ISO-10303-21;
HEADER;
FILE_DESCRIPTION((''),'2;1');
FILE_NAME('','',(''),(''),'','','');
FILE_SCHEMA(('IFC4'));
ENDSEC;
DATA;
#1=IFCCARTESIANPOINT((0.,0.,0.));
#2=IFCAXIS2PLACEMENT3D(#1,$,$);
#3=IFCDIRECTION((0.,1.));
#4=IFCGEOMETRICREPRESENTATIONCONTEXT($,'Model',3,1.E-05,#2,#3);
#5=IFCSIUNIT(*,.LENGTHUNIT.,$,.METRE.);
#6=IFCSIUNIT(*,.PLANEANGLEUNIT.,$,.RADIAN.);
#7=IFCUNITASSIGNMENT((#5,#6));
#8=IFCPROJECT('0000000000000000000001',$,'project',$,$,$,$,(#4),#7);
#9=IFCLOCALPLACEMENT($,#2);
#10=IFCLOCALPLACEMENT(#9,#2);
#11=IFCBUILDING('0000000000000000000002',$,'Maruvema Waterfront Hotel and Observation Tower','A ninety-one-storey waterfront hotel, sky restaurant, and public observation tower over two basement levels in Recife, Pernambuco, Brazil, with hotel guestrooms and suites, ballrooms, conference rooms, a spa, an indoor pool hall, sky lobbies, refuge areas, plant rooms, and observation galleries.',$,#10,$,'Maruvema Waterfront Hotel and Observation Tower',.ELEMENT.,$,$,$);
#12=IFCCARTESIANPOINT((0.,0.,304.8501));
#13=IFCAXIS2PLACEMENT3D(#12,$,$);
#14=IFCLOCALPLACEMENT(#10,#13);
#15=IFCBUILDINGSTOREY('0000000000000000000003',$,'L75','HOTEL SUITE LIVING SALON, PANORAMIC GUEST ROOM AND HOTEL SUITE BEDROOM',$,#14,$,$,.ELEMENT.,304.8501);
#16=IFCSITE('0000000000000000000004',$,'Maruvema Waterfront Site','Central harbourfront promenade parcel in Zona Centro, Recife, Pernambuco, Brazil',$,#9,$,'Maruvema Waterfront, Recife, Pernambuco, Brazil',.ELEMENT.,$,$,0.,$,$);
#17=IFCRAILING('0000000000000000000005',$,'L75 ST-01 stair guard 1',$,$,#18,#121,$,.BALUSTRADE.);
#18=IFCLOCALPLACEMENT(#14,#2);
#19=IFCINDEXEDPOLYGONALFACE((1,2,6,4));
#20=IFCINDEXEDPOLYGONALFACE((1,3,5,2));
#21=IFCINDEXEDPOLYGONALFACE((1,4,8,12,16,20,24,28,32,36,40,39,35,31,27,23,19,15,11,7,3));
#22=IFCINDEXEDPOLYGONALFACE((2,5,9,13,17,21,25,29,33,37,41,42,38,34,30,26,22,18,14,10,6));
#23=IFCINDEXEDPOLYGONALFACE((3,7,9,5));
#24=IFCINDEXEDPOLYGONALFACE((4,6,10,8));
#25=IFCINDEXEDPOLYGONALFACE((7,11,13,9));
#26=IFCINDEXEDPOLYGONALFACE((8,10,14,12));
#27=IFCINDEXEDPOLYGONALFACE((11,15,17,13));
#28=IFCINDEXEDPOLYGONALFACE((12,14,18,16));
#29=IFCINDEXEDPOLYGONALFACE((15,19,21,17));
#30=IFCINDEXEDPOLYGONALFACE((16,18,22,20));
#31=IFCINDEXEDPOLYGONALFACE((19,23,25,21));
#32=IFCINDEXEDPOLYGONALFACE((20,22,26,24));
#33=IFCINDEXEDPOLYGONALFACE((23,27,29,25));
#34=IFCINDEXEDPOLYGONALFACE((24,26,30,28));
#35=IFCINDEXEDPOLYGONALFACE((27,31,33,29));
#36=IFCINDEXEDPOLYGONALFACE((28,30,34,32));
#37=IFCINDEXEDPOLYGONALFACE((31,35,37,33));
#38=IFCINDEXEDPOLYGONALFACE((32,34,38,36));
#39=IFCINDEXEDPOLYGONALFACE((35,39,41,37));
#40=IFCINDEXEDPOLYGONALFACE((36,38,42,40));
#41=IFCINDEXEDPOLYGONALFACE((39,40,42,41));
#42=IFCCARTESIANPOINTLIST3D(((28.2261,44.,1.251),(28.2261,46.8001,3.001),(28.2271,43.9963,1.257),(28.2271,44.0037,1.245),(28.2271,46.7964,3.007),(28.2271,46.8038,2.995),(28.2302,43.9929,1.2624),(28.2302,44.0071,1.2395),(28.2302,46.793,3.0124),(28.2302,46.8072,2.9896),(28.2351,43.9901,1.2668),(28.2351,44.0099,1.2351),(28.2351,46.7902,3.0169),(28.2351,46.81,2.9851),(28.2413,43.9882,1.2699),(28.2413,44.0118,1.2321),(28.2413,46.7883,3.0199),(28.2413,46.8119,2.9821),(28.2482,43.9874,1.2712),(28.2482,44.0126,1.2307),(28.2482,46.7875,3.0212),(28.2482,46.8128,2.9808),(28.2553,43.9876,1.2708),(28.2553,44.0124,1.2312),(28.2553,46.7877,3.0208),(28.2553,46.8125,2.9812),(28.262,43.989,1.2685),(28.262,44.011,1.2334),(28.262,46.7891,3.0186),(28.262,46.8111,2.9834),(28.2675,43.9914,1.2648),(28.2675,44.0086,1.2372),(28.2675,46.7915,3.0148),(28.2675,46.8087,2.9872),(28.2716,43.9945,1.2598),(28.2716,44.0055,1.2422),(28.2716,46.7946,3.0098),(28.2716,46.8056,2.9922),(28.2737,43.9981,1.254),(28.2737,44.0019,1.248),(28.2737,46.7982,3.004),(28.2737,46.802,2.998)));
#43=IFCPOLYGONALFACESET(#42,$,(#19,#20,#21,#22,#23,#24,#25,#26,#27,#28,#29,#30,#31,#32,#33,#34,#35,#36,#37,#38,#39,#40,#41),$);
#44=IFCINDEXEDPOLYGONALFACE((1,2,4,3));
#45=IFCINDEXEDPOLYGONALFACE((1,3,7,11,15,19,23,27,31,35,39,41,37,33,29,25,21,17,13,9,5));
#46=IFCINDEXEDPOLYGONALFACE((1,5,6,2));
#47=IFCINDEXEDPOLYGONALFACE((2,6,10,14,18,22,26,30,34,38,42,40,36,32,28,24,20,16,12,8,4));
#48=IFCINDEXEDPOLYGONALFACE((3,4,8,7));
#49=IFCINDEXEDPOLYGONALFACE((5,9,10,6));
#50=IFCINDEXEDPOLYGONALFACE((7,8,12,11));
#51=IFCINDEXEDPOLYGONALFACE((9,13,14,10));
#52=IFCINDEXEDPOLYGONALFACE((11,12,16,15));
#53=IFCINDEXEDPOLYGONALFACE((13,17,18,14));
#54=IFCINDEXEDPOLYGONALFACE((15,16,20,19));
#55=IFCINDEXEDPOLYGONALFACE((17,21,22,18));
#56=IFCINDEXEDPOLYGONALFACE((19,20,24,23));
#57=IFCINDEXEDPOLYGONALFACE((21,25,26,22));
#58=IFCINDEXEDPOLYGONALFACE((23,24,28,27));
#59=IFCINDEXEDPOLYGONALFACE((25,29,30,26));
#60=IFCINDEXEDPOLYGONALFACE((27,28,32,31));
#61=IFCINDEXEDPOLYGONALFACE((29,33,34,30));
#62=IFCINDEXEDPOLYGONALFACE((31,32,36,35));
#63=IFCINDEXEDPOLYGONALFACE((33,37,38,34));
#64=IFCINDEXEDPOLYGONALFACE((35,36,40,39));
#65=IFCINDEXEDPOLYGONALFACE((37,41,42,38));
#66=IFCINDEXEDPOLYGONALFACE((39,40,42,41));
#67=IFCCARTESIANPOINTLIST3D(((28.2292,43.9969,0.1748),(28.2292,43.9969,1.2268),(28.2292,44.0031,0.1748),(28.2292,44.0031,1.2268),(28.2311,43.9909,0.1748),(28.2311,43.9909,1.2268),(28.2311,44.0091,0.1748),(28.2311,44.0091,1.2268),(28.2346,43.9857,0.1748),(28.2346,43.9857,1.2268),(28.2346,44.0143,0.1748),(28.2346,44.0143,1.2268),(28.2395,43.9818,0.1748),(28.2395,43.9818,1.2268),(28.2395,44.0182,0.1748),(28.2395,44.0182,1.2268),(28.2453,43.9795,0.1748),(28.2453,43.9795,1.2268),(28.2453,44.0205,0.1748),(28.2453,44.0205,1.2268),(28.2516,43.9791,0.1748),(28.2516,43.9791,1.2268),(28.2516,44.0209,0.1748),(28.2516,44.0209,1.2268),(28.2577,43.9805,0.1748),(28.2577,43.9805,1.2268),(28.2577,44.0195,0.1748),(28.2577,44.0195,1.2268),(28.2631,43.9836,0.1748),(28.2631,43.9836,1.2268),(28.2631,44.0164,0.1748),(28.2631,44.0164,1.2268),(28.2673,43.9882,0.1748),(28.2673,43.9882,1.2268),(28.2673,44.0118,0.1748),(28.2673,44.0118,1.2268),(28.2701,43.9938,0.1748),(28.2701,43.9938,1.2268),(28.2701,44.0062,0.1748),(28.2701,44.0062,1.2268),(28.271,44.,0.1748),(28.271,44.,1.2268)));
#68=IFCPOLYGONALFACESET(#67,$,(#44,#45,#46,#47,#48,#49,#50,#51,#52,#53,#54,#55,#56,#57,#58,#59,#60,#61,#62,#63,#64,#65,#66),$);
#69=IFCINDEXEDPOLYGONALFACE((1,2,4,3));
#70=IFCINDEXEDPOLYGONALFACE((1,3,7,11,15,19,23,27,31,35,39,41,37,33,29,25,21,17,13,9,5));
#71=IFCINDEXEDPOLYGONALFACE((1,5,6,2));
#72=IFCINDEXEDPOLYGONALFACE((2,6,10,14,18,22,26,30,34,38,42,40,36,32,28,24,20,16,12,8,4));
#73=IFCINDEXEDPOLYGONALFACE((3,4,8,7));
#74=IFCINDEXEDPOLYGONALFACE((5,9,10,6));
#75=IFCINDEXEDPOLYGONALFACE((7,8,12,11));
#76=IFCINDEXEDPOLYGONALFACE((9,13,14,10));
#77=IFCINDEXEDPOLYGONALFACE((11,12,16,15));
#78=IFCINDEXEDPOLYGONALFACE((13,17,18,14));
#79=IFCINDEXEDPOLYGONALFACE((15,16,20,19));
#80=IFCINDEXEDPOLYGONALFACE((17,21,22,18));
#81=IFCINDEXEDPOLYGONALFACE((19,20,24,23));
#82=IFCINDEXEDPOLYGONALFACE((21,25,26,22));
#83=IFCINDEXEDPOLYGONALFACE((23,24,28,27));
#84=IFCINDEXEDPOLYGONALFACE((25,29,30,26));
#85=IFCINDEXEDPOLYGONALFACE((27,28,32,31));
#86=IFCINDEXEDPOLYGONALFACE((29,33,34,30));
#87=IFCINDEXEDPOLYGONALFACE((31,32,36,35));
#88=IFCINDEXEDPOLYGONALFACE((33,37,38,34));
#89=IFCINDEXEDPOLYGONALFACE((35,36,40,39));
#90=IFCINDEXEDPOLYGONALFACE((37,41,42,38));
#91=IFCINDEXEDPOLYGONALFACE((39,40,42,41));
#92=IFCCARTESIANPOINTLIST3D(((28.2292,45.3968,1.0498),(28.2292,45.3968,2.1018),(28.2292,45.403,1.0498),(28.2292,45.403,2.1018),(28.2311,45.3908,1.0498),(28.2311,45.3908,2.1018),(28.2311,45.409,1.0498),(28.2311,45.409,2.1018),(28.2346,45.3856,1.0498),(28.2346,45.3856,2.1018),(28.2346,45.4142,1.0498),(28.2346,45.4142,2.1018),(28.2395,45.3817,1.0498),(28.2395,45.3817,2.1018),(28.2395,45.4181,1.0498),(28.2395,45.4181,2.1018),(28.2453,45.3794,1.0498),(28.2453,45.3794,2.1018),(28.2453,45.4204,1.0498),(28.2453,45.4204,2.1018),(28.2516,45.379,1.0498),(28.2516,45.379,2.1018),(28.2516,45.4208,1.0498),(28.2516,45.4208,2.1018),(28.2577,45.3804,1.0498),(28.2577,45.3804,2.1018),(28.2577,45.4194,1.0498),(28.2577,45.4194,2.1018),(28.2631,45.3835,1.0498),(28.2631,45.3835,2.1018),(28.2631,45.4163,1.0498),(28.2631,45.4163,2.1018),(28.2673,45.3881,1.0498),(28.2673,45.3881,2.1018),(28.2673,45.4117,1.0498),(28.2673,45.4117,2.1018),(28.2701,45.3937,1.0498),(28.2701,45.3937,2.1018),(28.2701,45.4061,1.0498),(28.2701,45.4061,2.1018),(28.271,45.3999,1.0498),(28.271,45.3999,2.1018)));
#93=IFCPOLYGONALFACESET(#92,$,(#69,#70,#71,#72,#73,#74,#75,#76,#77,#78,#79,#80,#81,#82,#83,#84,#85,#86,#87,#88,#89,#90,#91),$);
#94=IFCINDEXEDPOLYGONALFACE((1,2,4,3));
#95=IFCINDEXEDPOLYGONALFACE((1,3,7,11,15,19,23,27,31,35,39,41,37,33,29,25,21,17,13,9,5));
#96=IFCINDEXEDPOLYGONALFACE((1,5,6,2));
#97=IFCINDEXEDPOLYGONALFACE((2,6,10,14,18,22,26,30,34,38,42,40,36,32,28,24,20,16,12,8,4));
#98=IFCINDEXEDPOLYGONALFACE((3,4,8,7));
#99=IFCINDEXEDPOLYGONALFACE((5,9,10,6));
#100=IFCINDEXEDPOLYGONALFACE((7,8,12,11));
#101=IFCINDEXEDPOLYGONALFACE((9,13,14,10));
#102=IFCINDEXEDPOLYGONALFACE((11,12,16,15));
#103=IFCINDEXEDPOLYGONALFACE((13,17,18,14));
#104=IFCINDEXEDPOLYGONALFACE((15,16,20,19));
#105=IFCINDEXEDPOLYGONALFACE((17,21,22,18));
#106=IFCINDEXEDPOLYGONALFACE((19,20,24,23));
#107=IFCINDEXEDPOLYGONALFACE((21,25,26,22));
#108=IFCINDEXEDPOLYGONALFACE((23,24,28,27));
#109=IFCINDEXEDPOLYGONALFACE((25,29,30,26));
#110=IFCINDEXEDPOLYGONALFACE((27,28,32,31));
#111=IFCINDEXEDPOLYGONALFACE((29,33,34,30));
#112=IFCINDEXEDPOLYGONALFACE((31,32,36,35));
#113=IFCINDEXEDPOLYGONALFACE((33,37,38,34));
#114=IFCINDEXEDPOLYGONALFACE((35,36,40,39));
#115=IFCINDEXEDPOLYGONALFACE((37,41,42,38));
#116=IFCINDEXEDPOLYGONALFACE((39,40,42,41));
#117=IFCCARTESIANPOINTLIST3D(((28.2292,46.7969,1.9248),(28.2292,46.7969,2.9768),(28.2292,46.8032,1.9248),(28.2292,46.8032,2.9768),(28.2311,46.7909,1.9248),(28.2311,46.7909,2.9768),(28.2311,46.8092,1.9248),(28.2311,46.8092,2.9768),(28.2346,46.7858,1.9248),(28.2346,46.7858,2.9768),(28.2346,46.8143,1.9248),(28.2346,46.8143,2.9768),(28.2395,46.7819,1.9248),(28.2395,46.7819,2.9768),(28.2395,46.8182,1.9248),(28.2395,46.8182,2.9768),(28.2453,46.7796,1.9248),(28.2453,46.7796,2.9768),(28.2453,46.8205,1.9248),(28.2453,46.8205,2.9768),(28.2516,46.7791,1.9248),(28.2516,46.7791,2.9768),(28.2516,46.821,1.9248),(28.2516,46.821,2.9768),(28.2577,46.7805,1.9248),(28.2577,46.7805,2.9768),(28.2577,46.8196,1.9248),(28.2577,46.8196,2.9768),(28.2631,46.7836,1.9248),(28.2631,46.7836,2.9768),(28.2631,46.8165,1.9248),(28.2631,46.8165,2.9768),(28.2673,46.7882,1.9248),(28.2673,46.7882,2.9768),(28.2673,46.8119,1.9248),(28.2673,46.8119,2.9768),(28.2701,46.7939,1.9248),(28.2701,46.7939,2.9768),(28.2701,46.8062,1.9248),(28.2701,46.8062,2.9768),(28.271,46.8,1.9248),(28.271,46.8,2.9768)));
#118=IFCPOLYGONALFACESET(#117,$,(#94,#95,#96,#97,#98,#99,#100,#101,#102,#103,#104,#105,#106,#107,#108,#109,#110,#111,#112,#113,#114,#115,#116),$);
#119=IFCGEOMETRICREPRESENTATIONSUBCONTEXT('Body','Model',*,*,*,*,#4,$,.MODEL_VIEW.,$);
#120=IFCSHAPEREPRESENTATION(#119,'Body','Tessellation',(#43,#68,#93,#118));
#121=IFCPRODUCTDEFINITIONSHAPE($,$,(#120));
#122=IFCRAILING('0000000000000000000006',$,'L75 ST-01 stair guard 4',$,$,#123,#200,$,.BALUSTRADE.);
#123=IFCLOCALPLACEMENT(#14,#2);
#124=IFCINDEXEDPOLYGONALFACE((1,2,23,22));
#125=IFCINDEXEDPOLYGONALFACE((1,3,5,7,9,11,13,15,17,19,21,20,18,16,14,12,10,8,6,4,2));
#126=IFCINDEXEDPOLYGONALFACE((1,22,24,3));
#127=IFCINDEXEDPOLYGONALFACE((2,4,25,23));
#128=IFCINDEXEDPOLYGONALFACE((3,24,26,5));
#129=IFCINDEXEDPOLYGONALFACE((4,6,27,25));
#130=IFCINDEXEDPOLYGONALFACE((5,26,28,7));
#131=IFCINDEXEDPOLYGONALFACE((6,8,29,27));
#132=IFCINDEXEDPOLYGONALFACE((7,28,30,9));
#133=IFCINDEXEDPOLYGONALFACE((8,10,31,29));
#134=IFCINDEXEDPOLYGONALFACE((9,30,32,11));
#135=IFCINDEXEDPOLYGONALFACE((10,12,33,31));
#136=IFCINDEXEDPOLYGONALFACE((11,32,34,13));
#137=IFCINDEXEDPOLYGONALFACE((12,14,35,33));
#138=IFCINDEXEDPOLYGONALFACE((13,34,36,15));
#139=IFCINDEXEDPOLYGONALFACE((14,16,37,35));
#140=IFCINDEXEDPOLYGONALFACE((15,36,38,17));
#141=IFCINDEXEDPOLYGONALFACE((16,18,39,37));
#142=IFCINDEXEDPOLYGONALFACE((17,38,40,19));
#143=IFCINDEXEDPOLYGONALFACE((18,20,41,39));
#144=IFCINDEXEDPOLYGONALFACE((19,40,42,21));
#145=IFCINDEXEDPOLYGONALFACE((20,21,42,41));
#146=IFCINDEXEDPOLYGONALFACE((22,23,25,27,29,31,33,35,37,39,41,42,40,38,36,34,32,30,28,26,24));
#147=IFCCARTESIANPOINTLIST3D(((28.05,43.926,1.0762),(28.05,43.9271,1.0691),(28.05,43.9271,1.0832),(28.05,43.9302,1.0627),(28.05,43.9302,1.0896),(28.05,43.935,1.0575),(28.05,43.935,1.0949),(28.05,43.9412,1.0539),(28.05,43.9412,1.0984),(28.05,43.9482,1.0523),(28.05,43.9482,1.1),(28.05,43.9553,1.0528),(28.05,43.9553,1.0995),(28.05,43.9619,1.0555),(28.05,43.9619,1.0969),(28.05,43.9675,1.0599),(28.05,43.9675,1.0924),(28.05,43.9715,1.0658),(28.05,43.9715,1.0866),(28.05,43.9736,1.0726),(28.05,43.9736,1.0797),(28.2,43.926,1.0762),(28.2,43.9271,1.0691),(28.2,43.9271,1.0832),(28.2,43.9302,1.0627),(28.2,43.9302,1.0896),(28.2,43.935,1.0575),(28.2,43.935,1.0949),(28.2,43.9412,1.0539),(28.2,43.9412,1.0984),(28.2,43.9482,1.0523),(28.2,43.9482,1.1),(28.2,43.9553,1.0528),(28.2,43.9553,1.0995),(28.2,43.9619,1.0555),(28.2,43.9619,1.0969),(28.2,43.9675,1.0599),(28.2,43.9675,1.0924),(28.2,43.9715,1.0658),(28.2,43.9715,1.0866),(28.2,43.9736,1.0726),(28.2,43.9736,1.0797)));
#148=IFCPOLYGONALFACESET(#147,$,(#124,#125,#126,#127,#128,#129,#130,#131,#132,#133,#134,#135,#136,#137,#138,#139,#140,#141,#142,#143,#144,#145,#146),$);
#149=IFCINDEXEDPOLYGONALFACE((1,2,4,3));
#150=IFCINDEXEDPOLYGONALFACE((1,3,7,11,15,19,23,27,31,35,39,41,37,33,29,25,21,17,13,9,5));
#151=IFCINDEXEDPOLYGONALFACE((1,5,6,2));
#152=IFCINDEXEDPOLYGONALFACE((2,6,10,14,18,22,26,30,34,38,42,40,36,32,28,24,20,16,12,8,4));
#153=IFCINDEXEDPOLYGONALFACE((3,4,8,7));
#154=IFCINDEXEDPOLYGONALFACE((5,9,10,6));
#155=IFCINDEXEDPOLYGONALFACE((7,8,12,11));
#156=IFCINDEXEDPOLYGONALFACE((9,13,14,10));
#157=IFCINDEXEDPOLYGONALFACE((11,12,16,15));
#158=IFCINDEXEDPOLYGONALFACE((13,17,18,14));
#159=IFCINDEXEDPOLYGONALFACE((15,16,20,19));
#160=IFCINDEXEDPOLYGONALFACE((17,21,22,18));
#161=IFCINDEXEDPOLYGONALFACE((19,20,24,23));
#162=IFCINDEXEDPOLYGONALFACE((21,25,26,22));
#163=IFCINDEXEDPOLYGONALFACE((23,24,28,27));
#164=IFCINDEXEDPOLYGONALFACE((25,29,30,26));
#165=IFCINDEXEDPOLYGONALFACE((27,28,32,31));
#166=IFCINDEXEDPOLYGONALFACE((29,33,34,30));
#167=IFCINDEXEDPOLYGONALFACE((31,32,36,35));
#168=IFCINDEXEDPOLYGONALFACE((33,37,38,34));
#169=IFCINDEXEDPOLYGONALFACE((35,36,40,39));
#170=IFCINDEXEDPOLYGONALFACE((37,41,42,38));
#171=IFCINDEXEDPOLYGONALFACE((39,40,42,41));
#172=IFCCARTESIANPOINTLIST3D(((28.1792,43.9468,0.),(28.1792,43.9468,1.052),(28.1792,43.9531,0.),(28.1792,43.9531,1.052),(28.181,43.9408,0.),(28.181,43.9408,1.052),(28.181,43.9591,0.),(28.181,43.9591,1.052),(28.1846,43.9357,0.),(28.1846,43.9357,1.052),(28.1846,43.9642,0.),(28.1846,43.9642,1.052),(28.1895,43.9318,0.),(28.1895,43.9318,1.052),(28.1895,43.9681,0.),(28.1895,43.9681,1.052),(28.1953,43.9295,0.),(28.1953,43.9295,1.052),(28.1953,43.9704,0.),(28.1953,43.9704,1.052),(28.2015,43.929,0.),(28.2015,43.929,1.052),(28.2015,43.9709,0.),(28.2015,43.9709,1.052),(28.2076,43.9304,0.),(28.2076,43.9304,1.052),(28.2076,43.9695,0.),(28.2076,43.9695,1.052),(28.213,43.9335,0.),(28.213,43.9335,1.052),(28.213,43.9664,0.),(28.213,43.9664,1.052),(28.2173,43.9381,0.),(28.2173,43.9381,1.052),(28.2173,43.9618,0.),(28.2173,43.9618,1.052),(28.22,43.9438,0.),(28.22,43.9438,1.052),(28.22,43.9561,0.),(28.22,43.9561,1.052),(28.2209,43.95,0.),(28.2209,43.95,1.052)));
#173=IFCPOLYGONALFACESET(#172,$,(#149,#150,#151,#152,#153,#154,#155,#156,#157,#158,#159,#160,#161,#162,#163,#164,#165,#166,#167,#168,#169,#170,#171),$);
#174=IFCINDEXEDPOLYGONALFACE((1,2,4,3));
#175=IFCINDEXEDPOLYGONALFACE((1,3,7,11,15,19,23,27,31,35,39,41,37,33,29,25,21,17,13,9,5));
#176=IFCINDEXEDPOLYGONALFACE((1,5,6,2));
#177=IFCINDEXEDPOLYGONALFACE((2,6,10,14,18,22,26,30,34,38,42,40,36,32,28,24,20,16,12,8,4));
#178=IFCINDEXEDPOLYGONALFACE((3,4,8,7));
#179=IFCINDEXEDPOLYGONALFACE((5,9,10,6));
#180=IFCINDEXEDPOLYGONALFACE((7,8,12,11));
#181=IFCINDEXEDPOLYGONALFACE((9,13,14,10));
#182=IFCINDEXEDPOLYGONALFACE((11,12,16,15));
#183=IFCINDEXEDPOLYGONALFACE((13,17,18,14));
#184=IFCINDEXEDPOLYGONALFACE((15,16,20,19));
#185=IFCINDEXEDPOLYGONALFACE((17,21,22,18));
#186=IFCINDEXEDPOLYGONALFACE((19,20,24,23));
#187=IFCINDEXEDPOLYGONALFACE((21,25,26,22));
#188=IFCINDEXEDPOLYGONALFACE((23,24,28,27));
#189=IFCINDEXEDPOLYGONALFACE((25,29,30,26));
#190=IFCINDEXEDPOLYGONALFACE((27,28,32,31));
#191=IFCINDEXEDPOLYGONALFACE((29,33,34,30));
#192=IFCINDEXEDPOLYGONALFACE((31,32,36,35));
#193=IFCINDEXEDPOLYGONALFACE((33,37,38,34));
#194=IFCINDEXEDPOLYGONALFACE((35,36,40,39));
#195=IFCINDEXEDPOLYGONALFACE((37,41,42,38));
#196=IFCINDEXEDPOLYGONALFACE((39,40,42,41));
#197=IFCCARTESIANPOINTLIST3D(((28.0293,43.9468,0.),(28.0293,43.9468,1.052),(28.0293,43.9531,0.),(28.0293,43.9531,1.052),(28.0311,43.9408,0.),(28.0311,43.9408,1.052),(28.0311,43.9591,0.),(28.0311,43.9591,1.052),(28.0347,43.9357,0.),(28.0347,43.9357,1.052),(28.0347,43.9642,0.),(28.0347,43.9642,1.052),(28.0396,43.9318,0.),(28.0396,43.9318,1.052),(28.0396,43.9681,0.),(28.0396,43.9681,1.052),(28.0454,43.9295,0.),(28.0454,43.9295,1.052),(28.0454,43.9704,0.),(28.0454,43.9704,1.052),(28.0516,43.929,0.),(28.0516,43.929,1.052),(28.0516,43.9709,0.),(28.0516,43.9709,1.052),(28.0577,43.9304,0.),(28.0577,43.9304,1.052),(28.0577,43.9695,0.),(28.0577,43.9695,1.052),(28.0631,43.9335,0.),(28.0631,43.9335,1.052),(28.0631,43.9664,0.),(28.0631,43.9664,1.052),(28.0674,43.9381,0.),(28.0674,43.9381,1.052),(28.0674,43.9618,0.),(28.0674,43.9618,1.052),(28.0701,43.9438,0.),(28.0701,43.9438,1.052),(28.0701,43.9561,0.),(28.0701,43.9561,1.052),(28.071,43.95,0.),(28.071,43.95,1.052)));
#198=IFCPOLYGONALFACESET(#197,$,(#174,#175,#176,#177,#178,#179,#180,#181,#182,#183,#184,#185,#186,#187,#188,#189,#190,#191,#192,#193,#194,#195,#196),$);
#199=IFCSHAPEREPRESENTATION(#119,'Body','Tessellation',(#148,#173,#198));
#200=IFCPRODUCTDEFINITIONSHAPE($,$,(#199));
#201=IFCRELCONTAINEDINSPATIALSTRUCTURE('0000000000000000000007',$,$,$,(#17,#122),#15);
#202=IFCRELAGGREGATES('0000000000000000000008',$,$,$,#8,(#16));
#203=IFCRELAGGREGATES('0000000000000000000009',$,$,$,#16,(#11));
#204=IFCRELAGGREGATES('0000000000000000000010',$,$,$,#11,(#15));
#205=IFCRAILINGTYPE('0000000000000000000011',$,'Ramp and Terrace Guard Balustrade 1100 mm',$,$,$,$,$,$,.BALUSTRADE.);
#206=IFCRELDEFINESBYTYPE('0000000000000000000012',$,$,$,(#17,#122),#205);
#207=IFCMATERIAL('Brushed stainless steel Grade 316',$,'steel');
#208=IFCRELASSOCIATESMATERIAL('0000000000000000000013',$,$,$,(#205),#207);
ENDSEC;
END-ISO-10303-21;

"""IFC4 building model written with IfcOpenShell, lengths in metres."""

from ifc_helpers import new_model, si_unit, direction, frame, origin, origin_2d, place, context, subcontext, project, spatial, circle, extrude, material, type_object, element, save


model = new_model("IFC4")

# Units and contexts
model_context = context("Model", 3, precision=1e-05, world=origin(), true_north=direction((0.0, 1.0)))
body_context = subcontext(model_context, "Body", "Model", "MODEL_VIEW")
ifc_project = project(units=[si_unit("LENGTHUNIT", "METRE"), si_unit("PLANEANGLEUNIT", "RADIAN")], contexts=[model_context])

# Site, building, storey
site_placement = place(None, origin())
site = spatial("IfcSite", under=ifc_project, at=site_placement, Name="Maruvema Waterfront Site", Description="Central harbourfront promenade parcel in Zona Centro, Recife, Pernambuco, Brazil", LongName="Maruvema Waterfront, Recife, Pernambuco, Brazil", CompositionType="ELEMENT", RefElevation=0.0)
building_placement = place(site_placement, origin())
building = spatial("IfcBuilding", under=site, at=building_placement, Name="Maruvema Waterfront Hotel and Observation Tower", Description="A ninety-one-storey waterfront hotel, sky restaurant, and public observation tower over two basement levels in Recife, Pernambuco, Brazil, with hotel guestrooms and suites, ballrooms, conference rooms, a spa, an indoor pool hall, sky lobbies, refuge areas, plant rooms, and observation galleries.", LongName="Maruvema Waterfront Hotel and Observation Tower", CompositionType="ELEMENT")
storey_placement = place(building_placement, frame((0.0, 0.0, 304.8501)))
storey = spatial("IfcBuildingStorey", under=building, at=storey_placement, Name="L75", Description="HOTEL SUITE LIVING SALON, PANORAMIC GUEST ROOM AND HOTEL SUITE BEDROOM", CompositionType="ELEMENT", Elevation=304.8501)

# Railings
ifc_material_1 = material(Name="Brushed stainless steel Grade 316", Category="steel")
railing_type_1 = type_object("IfcRailingType", Name="Ramp and Terrace Guard Balustrade 1100 mm", PredefinedType="BALUSTRADE", material=ifc_material_1)
railing_1_placement = place(storey_placement, frame((28.25, 44.0, 0.1748)))
element("IfcRailing", 1, at=railing_1_placement, inside=storey, type_object=railing_type_1, Name="L75 ST-01 stair guard 1", PredefinedType="BALUSTRADE", context=body_context, shape_type="SweptSolid", body=[
    extrude(circle(Radius=0.0239, at=origin_2d()), frame((0.0, 0.0, 1.0762), z_axis=(0.0, 0.848002, 0.529992), x_axis=(-1.0, 0.0, 0.0)), (0.0, 0.0, 1.0), 3.302),
    extrude(circle(Radius=0.021, at=origin_2d()), origin(), (0.0, 0.0, 1.0), 1.052),
    extrude(circle(Radius=0.021, at=origin_2d()), frame((0.0, 1.3999, 0.875)), (0.0, 0.0, 1.0), 1.052),
    extrude(circle(Radius=0.021, at=origin_2d()), frame((0.0, 2.8, 1.75)), (0.0, 0.0, 1.0), 1.052),
])
railing_2_placement = place(storey_placement, frame((28.2, 43.95, 0.0)))
element("IfcRailing", 2, at=railing_2_placement, inside=storey, type_object=railing_type_1, Name="L75 ST-01 stair guard 4", PredefinedType="BALUSTRADE", context=body_context, shape_type="SweptSolid", body=[
    extrude(circle(Radius=0.0239, at=origin_2d()), frame((0.0, 0.0, 1.0762), z_axis=(-1.0, 0.0, 0.0), x_axis=(0.0, -1.0, 0.0)), (0.0, 0.0, 1.0), 0.1499),
    extrude(circle(Radius=0.021, at=origin_2d()), origin(), (0.0, 0.0, 1.0), 1.052),
    extrude(circle(Radius=0.021, at=origin_2d()), frame((-0.1499, 0.0, 0.0)), (0.0, 0.0, 1.0), 1.052),
])

save(model, "model.ifc")
